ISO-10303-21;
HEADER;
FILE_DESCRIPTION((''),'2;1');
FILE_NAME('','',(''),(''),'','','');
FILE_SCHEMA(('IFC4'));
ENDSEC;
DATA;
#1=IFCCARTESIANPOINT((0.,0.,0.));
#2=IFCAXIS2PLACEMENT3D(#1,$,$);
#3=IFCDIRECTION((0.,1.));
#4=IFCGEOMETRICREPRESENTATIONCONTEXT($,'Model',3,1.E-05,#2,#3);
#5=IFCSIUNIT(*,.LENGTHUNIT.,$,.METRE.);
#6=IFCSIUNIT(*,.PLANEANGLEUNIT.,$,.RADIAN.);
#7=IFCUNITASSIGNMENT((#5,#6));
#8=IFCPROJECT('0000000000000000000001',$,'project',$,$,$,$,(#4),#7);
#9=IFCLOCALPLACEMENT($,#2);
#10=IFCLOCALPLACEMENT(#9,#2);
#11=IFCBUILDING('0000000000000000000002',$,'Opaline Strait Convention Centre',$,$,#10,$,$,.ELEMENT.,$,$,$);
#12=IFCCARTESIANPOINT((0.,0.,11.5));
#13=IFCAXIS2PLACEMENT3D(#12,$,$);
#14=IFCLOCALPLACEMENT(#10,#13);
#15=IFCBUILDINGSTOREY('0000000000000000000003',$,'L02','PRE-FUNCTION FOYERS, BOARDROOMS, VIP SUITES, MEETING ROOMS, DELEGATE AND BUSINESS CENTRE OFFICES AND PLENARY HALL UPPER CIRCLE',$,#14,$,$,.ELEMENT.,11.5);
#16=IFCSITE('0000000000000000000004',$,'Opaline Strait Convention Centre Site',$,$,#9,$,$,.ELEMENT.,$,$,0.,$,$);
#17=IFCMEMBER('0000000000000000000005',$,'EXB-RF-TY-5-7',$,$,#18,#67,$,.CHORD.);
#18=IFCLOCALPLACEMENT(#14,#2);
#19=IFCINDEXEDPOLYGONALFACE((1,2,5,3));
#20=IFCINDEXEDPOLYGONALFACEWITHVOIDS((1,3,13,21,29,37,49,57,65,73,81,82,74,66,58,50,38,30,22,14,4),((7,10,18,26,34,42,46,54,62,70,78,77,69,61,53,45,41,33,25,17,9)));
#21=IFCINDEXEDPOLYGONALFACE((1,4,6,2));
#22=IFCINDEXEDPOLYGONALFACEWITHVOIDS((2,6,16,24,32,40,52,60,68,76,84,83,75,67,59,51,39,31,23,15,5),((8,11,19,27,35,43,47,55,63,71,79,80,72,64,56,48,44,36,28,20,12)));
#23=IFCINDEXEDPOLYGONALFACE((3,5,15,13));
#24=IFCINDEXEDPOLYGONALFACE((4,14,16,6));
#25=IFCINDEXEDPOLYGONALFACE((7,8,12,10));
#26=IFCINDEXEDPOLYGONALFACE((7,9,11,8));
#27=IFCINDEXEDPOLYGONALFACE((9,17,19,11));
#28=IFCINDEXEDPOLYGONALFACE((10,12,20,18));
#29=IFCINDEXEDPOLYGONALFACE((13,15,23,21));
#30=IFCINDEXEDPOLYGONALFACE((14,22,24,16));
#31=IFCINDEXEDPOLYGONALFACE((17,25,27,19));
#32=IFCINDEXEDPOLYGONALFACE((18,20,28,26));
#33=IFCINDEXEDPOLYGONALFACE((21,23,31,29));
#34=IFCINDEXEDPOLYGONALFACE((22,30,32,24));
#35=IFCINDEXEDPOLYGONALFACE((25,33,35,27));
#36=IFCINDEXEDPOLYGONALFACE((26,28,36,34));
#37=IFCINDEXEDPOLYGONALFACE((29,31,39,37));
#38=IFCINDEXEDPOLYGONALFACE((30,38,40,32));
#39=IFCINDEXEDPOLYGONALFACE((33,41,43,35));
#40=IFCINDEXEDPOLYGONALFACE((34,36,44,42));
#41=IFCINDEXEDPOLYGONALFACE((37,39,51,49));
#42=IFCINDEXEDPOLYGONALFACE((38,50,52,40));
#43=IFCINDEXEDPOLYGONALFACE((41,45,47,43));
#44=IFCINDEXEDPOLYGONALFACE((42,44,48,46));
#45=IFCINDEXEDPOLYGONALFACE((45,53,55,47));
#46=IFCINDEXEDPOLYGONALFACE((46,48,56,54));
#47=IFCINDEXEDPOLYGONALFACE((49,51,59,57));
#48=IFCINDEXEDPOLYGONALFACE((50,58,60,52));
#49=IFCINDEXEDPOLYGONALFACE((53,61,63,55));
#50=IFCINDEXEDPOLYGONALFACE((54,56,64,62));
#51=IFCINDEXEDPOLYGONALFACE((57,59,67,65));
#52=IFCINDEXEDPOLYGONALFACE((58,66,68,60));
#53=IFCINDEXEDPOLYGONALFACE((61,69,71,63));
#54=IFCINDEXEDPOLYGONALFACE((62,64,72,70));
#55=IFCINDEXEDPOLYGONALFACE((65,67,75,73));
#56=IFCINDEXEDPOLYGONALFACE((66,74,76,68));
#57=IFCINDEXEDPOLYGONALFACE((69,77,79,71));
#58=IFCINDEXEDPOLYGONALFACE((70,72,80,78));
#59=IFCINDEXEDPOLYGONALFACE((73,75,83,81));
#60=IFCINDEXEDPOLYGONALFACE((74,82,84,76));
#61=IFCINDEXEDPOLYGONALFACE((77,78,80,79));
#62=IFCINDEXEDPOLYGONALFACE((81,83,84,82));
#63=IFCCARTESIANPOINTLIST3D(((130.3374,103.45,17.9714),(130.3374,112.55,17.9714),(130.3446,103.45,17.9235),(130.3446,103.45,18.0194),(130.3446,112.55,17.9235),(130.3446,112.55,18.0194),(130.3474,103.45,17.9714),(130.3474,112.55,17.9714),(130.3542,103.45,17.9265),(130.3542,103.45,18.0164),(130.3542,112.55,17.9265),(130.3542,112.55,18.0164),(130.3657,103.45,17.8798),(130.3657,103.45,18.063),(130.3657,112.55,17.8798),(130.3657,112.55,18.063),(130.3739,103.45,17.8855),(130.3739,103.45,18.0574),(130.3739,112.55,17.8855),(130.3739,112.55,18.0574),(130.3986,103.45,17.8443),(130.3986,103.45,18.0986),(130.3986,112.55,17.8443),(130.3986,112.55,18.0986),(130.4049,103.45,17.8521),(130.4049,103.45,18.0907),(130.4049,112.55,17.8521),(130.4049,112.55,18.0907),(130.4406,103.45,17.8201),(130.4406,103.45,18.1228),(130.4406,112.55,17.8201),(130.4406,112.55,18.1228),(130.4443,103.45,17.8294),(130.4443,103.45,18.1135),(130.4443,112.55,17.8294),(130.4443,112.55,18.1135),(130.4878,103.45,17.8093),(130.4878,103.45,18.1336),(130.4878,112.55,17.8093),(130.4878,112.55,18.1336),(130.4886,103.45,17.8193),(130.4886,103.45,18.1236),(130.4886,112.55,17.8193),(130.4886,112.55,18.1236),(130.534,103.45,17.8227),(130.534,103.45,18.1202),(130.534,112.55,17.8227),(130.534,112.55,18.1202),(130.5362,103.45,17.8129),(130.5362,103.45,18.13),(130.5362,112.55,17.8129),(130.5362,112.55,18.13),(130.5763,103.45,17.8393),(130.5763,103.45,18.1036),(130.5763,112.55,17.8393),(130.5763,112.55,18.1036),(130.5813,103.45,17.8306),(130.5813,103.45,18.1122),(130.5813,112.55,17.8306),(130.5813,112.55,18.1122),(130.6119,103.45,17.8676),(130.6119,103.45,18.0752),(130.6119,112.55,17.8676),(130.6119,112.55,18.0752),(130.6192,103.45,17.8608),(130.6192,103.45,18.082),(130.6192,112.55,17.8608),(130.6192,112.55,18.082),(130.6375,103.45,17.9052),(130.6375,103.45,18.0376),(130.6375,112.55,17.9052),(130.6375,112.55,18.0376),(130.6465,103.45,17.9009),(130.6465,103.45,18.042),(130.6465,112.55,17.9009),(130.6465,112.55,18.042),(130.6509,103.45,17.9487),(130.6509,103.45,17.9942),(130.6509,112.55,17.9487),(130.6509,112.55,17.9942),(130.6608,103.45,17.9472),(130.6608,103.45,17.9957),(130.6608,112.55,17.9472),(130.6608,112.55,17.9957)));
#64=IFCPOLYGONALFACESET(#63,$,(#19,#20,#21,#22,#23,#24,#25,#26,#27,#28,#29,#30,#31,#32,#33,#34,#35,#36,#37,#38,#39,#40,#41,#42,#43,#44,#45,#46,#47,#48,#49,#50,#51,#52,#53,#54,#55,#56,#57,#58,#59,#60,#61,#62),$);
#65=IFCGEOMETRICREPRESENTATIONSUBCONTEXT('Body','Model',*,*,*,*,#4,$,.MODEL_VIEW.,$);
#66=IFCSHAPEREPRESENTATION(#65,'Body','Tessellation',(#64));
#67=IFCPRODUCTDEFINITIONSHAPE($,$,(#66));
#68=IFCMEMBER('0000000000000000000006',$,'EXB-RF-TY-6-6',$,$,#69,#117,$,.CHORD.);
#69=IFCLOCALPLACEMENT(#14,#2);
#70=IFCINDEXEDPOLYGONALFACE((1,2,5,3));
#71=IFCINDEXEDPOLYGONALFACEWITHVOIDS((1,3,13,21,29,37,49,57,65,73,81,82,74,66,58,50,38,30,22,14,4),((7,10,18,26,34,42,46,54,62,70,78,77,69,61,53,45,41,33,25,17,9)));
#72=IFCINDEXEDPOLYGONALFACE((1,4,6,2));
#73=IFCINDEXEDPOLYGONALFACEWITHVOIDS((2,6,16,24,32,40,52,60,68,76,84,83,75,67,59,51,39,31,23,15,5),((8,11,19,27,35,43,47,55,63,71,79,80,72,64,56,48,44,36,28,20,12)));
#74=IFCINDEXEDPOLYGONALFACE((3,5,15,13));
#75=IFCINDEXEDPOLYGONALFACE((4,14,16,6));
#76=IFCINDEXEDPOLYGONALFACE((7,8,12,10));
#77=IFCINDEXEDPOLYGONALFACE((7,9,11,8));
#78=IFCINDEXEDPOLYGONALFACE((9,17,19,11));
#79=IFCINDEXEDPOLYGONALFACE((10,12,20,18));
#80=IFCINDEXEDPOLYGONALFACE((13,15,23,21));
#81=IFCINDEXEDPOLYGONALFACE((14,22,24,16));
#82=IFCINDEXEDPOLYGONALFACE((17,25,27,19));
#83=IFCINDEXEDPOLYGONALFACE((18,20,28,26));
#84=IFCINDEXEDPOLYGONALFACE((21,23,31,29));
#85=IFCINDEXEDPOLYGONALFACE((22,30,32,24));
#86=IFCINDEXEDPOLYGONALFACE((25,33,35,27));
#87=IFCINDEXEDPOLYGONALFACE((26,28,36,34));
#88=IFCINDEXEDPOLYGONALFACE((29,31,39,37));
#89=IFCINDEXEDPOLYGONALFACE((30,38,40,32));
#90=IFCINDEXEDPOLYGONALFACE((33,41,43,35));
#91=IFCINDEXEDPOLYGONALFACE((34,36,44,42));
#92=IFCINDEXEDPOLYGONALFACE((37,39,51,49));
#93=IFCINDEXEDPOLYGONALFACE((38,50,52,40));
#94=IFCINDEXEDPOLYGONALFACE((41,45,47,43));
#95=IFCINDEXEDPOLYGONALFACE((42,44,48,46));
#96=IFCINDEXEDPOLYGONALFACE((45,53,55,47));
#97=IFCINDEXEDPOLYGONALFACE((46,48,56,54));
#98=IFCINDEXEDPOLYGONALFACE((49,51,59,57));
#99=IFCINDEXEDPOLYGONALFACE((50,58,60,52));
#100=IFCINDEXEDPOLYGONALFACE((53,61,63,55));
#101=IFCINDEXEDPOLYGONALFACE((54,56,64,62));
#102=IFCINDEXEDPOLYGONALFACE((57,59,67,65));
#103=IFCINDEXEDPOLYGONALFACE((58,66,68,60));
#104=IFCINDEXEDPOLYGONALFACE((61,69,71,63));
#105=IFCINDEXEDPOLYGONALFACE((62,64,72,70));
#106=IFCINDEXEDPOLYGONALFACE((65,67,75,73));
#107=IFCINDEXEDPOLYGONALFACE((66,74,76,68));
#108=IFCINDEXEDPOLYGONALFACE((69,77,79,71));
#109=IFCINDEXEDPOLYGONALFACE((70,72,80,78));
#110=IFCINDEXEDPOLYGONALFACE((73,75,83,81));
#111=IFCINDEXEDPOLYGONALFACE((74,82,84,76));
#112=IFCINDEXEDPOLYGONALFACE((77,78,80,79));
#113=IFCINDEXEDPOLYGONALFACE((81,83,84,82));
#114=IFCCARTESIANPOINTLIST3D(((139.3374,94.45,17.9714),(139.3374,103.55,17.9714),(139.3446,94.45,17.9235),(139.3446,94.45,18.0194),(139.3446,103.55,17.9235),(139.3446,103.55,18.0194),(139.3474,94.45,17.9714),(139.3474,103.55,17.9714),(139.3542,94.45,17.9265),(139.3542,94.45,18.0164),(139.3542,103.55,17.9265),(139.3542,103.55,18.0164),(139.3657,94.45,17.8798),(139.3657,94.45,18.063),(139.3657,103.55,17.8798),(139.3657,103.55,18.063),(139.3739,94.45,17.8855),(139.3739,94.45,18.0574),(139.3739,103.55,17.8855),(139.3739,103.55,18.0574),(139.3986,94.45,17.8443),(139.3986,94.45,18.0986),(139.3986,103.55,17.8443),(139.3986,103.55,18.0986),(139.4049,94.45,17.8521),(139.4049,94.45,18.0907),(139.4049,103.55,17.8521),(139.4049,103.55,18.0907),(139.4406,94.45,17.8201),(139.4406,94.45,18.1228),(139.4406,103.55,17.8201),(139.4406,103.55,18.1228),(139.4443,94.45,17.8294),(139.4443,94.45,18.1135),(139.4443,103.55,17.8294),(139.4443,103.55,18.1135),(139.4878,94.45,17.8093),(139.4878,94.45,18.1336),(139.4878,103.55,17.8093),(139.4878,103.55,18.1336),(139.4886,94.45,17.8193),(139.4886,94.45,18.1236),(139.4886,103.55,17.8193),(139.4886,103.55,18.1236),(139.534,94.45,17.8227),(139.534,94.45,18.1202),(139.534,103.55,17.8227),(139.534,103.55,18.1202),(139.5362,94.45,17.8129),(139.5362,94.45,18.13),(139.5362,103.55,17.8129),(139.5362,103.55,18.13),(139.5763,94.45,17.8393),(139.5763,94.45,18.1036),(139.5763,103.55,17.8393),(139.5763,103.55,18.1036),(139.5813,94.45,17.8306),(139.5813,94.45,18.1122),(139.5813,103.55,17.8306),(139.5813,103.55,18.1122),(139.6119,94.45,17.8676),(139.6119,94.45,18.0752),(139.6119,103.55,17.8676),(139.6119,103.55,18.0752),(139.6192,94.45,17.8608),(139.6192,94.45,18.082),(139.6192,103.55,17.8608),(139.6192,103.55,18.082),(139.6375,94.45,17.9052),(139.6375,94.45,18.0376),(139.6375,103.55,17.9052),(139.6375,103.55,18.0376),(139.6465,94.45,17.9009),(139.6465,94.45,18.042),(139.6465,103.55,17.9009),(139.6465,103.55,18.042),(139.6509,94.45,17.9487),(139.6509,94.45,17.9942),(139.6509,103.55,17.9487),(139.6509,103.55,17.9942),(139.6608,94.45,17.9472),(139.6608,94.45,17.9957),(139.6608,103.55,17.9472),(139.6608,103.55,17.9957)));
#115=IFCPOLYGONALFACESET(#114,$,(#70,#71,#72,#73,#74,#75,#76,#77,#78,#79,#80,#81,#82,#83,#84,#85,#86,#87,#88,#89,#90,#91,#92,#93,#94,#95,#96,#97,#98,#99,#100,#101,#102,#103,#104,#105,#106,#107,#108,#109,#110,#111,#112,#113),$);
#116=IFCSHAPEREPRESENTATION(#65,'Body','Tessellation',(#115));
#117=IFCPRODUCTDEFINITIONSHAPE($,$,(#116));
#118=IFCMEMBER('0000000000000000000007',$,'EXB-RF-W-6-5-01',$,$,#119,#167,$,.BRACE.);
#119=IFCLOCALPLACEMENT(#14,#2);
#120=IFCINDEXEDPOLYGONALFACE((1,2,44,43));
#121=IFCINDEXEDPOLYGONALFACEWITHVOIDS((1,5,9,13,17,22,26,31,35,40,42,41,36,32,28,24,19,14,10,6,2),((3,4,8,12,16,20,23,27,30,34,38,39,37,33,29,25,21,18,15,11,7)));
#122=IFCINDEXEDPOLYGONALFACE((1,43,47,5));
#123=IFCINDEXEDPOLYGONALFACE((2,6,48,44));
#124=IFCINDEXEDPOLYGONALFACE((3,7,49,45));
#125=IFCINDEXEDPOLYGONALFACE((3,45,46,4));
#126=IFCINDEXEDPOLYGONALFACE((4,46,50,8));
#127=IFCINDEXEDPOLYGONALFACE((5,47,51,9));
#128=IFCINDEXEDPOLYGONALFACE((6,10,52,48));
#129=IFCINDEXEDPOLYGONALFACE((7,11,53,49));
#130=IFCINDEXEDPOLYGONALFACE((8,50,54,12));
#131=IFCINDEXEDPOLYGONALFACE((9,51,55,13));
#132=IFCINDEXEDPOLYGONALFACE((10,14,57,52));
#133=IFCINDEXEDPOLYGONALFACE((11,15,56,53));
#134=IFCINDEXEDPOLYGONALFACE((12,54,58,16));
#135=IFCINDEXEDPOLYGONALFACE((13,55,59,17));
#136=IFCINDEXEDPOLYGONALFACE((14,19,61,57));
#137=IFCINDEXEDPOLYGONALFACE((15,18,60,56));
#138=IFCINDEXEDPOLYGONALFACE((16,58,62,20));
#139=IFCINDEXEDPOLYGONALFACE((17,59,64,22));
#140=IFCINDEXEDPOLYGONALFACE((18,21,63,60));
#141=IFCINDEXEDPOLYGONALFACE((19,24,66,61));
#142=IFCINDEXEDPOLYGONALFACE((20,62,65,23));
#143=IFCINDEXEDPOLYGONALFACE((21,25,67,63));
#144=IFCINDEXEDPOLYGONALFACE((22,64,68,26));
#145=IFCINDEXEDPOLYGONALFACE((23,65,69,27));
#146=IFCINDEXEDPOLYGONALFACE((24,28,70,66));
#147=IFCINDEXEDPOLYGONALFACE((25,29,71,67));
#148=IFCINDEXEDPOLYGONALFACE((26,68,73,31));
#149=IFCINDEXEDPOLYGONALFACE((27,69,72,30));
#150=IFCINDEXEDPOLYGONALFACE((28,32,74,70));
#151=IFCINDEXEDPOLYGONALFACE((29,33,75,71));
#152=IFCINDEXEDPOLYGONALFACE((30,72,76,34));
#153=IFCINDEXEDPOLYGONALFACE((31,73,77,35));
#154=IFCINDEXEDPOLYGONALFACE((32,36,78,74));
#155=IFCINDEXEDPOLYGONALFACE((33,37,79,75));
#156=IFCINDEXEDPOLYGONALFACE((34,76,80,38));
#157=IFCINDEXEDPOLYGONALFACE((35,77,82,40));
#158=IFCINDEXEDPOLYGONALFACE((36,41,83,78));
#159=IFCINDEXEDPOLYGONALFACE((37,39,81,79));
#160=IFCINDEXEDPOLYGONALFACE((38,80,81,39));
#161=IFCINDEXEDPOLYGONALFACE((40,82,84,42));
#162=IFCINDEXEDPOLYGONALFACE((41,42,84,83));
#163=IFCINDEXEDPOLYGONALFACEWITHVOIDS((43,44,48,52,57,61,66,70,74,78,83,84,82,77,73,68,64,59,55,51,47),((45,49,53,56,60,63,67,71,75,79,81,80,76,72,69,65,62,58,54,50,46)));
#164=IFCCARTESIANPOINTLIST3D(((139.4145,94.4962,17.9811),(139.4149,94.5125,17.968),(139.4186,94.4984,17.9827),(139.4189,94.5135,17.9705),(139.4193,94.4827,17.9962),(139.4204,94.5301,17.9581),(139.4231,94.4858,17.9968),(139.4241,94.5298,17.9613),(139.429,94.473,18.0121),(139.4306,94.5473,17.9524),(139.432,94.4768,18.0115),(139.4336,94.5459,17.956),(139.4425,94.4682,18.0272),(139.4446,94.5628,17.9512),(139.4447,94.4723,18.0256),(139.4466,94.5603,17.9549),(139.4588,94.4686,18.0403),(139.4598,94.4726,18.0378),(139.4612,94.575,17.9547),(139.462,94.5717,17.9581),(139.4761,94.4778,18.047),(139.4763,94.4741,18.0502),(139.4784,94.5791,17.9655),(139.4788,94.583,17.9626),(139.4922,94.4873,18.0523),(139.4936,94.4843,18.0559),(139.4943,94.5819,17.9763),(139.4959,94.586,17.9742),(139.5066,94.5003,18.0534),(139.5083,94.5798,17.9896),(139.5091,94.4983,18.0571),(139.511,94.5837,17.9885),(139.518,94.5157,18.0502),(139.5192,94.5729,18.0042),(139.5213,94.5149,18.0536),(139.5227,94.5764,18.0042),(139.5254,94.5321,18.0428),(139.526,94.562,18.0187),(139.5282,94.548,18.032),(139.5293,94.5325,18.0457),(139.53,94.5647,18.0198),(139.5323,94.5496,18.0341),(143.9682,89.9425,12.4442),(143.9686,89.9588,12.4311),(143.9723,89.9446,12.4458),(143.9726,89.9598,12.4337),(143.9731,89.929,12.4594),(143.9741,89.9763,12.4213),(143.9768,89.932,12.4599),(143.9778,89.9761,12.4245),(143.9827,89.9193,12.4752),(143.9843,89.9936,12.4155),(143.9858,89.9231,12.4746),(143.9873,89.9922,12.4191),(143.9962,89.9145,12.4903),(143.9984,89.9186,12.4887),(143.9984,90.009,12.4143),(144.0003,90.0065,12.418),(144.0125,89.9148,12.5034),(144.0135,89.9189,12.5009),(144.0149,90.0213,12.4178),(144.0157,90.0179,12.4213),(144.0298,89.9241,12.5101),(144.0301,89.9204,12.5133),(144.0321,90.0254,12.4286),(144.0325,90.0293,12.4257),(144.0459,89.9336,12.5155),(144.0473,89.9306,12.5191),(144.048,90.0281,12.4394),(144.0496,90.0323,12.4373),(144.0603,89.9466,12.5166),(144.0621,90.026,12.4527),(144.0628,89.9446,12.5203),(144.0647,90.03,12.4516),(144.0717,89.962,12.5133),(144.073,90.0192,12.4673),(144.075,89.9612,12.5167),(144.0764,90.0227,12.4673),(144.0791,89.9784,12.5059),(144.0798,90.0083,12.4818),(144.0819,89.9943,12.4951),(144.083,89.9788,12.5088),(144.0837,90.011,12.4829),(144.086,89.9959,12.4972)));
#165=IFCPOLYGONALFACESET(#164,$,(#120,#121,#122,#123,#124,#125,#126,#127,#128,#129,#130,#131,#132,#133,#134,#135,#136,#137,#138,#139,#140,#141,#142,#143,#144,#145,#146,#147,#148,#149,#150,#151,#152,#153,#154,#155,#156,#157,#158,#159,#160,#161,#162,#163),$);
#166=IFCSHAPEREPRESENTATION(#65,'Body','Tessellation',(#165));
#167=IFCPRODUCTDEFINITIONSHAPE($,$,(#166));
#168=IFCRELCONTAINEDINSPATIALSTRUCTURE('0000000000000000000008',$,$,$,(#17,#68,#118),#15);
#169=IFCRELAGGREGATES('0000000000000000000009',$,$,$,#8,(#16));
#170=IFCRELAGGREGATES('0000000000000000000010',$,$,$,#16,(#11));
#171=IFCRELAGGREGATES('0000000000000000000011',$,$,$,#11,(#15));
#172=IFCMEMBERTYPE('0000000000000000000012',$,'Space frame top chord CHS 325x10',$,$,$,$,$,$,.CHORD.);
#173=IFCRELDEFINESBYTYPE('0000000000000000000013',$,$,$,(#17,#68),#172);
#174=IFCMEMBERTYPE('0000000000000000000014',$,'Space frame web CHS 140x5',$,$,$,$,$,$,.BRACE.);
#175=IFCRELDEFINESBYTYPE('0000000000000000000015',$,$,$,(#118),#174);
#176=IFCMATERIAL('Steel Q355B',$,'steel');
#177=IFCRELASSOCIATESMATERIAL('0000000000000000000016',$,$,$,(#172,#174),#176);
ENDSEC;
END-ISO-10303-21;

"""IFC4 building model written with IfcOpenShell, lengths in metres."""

from ifc_helpers import new_model, si_unit, direction, frame, origin, origin_2d, place, context, subcontext, project, spatial, hollow_circle, extrude, material, material_profile, profile_set, type_object, element, save


model = new_model("IFC4")

# Units and contexts
model_context = context("Model", 3, precision=1e-05, world=origin(), true_north=direction((0.0, 1.0)))
body_context = subcontext(model_context, "Body", "Model", "MODEL_VIEW")
ifc_project = project(units=[si_unit("LENGTHUNIT", "METRE"), si_unit("PLANEANGLEUNIT", "RADIAN")], contexts=[model_context])

# Site, building, storey
site_placement = place(None, origin())
site = spatial("IfcSite", under=ifc_project, at=site_placement, Name="Opaline Strait Convention Centre Site", CompositionType="ELEMENT", RefElevation=0.0)
building_placement = place(site_placement, origin())
building = spatial("IfcBuilding", under=site, at=building_placement, Name="Opaline Strait Convention Centre", CompositionType="ELEMENT")
storey_placement = place(building_placement, frame((0.0, 0.0, 11.5)))
storey = spatial("IfcBuildingStorey", under=building, at=storey_placement, Name="L02", Description="PRE-FUNCTION FOYERS, BOARDROOMS, VIP SUITES, MEETING ROOMS, DELEGATE AND BUSINESS CENTRE OFFICES AND PLENARY HALL UPPER CIRCLE", CompositionType="ELEMENT", Elevation=11.5)

# Members
ifc_material = material(Name="Steel Q355B", Category="steel")
ifc_material_profile_1 = material_profile(ifc_material, hollow_circle(Radius=0.1626, WallThickness=0.01, at=origin_2d()), Name="CHS 325x10")
ifc_profile_set_1 = profile_set([ifc_material_profile_1], Name="Steel Q355B")
member_type_1 = type_object("IfcMemberType", Name="Space frame top chord CHS 325x10", PredefinedType="CHORD", material=ifc_profile_set_1)
for number, where, z_axis, x_axis, name in (
    (1, (130.5, 103.45, 17.9714), (0.0, 1.0, 0.0), (-1.0, 0.0, 0.0), "EXB-RF-TY-5-7"),
    (2, (139.5, 94.45, 17.9714), (0.0, 1.0, 0.0), (-1.0, 0.0, 0.0), "EXB-RF-TY-6-6"),
):
    element("IfcMember", number, at=place(storey_placement, frame(where, z_axis=z_axis, x_axis=x_axis)), inside=storey, type_object=member_type_1, Name=name, PredefinedType="CHORD", context=body_context, shape_type="SweptSolid", body=[
        extrude(hollow_circle(Radius=0.1626, WallThickness=0.01, at=origin_2d()), origin(), (0.0, 0.0, 1.0), 9.1001),
    ])
ifc_material_profile_2 = material_profile(ifc_material, hollow_circle(Radius=0.0701, WallThickness=0.0049, at=origin_2d()), Name="CHS 140x5")
ifc_profile_set_2 = profile_set([ifc_material_profile_2], Name="Steel Q355B")
member_type_2 = type_object("IfcMemberType", Name="Space frame web CHS 140x5", PredefinedType="BRACE", material=ifc_profile_set_2)
for number, where, z_axis, x_axis, name in (
    (3, (139.4731, 94.5269, 18.0042), (0.536178, -0.536178, -0.65194), (0.707107, 0.707107, 0.0), "EXB-RF-W-6-5-01"),
):
    element("IfcMember", number, at=place(storey_placement, frame(where, z_axis=z_axis, x_axis=x_axis)), inside=storey, type_object=member_type_2, Name=name, PredefinedType="BRACE", context=body_context, shape_type="SweptSolid", body=[
        extrude(hollow_circle(Radius=0.0701, WallThickness=0.0049, at=origin_2d()), origin(), (0.0, 0.0, 1.0), 8.4929),
    ])

save(model, "model.ifc")
